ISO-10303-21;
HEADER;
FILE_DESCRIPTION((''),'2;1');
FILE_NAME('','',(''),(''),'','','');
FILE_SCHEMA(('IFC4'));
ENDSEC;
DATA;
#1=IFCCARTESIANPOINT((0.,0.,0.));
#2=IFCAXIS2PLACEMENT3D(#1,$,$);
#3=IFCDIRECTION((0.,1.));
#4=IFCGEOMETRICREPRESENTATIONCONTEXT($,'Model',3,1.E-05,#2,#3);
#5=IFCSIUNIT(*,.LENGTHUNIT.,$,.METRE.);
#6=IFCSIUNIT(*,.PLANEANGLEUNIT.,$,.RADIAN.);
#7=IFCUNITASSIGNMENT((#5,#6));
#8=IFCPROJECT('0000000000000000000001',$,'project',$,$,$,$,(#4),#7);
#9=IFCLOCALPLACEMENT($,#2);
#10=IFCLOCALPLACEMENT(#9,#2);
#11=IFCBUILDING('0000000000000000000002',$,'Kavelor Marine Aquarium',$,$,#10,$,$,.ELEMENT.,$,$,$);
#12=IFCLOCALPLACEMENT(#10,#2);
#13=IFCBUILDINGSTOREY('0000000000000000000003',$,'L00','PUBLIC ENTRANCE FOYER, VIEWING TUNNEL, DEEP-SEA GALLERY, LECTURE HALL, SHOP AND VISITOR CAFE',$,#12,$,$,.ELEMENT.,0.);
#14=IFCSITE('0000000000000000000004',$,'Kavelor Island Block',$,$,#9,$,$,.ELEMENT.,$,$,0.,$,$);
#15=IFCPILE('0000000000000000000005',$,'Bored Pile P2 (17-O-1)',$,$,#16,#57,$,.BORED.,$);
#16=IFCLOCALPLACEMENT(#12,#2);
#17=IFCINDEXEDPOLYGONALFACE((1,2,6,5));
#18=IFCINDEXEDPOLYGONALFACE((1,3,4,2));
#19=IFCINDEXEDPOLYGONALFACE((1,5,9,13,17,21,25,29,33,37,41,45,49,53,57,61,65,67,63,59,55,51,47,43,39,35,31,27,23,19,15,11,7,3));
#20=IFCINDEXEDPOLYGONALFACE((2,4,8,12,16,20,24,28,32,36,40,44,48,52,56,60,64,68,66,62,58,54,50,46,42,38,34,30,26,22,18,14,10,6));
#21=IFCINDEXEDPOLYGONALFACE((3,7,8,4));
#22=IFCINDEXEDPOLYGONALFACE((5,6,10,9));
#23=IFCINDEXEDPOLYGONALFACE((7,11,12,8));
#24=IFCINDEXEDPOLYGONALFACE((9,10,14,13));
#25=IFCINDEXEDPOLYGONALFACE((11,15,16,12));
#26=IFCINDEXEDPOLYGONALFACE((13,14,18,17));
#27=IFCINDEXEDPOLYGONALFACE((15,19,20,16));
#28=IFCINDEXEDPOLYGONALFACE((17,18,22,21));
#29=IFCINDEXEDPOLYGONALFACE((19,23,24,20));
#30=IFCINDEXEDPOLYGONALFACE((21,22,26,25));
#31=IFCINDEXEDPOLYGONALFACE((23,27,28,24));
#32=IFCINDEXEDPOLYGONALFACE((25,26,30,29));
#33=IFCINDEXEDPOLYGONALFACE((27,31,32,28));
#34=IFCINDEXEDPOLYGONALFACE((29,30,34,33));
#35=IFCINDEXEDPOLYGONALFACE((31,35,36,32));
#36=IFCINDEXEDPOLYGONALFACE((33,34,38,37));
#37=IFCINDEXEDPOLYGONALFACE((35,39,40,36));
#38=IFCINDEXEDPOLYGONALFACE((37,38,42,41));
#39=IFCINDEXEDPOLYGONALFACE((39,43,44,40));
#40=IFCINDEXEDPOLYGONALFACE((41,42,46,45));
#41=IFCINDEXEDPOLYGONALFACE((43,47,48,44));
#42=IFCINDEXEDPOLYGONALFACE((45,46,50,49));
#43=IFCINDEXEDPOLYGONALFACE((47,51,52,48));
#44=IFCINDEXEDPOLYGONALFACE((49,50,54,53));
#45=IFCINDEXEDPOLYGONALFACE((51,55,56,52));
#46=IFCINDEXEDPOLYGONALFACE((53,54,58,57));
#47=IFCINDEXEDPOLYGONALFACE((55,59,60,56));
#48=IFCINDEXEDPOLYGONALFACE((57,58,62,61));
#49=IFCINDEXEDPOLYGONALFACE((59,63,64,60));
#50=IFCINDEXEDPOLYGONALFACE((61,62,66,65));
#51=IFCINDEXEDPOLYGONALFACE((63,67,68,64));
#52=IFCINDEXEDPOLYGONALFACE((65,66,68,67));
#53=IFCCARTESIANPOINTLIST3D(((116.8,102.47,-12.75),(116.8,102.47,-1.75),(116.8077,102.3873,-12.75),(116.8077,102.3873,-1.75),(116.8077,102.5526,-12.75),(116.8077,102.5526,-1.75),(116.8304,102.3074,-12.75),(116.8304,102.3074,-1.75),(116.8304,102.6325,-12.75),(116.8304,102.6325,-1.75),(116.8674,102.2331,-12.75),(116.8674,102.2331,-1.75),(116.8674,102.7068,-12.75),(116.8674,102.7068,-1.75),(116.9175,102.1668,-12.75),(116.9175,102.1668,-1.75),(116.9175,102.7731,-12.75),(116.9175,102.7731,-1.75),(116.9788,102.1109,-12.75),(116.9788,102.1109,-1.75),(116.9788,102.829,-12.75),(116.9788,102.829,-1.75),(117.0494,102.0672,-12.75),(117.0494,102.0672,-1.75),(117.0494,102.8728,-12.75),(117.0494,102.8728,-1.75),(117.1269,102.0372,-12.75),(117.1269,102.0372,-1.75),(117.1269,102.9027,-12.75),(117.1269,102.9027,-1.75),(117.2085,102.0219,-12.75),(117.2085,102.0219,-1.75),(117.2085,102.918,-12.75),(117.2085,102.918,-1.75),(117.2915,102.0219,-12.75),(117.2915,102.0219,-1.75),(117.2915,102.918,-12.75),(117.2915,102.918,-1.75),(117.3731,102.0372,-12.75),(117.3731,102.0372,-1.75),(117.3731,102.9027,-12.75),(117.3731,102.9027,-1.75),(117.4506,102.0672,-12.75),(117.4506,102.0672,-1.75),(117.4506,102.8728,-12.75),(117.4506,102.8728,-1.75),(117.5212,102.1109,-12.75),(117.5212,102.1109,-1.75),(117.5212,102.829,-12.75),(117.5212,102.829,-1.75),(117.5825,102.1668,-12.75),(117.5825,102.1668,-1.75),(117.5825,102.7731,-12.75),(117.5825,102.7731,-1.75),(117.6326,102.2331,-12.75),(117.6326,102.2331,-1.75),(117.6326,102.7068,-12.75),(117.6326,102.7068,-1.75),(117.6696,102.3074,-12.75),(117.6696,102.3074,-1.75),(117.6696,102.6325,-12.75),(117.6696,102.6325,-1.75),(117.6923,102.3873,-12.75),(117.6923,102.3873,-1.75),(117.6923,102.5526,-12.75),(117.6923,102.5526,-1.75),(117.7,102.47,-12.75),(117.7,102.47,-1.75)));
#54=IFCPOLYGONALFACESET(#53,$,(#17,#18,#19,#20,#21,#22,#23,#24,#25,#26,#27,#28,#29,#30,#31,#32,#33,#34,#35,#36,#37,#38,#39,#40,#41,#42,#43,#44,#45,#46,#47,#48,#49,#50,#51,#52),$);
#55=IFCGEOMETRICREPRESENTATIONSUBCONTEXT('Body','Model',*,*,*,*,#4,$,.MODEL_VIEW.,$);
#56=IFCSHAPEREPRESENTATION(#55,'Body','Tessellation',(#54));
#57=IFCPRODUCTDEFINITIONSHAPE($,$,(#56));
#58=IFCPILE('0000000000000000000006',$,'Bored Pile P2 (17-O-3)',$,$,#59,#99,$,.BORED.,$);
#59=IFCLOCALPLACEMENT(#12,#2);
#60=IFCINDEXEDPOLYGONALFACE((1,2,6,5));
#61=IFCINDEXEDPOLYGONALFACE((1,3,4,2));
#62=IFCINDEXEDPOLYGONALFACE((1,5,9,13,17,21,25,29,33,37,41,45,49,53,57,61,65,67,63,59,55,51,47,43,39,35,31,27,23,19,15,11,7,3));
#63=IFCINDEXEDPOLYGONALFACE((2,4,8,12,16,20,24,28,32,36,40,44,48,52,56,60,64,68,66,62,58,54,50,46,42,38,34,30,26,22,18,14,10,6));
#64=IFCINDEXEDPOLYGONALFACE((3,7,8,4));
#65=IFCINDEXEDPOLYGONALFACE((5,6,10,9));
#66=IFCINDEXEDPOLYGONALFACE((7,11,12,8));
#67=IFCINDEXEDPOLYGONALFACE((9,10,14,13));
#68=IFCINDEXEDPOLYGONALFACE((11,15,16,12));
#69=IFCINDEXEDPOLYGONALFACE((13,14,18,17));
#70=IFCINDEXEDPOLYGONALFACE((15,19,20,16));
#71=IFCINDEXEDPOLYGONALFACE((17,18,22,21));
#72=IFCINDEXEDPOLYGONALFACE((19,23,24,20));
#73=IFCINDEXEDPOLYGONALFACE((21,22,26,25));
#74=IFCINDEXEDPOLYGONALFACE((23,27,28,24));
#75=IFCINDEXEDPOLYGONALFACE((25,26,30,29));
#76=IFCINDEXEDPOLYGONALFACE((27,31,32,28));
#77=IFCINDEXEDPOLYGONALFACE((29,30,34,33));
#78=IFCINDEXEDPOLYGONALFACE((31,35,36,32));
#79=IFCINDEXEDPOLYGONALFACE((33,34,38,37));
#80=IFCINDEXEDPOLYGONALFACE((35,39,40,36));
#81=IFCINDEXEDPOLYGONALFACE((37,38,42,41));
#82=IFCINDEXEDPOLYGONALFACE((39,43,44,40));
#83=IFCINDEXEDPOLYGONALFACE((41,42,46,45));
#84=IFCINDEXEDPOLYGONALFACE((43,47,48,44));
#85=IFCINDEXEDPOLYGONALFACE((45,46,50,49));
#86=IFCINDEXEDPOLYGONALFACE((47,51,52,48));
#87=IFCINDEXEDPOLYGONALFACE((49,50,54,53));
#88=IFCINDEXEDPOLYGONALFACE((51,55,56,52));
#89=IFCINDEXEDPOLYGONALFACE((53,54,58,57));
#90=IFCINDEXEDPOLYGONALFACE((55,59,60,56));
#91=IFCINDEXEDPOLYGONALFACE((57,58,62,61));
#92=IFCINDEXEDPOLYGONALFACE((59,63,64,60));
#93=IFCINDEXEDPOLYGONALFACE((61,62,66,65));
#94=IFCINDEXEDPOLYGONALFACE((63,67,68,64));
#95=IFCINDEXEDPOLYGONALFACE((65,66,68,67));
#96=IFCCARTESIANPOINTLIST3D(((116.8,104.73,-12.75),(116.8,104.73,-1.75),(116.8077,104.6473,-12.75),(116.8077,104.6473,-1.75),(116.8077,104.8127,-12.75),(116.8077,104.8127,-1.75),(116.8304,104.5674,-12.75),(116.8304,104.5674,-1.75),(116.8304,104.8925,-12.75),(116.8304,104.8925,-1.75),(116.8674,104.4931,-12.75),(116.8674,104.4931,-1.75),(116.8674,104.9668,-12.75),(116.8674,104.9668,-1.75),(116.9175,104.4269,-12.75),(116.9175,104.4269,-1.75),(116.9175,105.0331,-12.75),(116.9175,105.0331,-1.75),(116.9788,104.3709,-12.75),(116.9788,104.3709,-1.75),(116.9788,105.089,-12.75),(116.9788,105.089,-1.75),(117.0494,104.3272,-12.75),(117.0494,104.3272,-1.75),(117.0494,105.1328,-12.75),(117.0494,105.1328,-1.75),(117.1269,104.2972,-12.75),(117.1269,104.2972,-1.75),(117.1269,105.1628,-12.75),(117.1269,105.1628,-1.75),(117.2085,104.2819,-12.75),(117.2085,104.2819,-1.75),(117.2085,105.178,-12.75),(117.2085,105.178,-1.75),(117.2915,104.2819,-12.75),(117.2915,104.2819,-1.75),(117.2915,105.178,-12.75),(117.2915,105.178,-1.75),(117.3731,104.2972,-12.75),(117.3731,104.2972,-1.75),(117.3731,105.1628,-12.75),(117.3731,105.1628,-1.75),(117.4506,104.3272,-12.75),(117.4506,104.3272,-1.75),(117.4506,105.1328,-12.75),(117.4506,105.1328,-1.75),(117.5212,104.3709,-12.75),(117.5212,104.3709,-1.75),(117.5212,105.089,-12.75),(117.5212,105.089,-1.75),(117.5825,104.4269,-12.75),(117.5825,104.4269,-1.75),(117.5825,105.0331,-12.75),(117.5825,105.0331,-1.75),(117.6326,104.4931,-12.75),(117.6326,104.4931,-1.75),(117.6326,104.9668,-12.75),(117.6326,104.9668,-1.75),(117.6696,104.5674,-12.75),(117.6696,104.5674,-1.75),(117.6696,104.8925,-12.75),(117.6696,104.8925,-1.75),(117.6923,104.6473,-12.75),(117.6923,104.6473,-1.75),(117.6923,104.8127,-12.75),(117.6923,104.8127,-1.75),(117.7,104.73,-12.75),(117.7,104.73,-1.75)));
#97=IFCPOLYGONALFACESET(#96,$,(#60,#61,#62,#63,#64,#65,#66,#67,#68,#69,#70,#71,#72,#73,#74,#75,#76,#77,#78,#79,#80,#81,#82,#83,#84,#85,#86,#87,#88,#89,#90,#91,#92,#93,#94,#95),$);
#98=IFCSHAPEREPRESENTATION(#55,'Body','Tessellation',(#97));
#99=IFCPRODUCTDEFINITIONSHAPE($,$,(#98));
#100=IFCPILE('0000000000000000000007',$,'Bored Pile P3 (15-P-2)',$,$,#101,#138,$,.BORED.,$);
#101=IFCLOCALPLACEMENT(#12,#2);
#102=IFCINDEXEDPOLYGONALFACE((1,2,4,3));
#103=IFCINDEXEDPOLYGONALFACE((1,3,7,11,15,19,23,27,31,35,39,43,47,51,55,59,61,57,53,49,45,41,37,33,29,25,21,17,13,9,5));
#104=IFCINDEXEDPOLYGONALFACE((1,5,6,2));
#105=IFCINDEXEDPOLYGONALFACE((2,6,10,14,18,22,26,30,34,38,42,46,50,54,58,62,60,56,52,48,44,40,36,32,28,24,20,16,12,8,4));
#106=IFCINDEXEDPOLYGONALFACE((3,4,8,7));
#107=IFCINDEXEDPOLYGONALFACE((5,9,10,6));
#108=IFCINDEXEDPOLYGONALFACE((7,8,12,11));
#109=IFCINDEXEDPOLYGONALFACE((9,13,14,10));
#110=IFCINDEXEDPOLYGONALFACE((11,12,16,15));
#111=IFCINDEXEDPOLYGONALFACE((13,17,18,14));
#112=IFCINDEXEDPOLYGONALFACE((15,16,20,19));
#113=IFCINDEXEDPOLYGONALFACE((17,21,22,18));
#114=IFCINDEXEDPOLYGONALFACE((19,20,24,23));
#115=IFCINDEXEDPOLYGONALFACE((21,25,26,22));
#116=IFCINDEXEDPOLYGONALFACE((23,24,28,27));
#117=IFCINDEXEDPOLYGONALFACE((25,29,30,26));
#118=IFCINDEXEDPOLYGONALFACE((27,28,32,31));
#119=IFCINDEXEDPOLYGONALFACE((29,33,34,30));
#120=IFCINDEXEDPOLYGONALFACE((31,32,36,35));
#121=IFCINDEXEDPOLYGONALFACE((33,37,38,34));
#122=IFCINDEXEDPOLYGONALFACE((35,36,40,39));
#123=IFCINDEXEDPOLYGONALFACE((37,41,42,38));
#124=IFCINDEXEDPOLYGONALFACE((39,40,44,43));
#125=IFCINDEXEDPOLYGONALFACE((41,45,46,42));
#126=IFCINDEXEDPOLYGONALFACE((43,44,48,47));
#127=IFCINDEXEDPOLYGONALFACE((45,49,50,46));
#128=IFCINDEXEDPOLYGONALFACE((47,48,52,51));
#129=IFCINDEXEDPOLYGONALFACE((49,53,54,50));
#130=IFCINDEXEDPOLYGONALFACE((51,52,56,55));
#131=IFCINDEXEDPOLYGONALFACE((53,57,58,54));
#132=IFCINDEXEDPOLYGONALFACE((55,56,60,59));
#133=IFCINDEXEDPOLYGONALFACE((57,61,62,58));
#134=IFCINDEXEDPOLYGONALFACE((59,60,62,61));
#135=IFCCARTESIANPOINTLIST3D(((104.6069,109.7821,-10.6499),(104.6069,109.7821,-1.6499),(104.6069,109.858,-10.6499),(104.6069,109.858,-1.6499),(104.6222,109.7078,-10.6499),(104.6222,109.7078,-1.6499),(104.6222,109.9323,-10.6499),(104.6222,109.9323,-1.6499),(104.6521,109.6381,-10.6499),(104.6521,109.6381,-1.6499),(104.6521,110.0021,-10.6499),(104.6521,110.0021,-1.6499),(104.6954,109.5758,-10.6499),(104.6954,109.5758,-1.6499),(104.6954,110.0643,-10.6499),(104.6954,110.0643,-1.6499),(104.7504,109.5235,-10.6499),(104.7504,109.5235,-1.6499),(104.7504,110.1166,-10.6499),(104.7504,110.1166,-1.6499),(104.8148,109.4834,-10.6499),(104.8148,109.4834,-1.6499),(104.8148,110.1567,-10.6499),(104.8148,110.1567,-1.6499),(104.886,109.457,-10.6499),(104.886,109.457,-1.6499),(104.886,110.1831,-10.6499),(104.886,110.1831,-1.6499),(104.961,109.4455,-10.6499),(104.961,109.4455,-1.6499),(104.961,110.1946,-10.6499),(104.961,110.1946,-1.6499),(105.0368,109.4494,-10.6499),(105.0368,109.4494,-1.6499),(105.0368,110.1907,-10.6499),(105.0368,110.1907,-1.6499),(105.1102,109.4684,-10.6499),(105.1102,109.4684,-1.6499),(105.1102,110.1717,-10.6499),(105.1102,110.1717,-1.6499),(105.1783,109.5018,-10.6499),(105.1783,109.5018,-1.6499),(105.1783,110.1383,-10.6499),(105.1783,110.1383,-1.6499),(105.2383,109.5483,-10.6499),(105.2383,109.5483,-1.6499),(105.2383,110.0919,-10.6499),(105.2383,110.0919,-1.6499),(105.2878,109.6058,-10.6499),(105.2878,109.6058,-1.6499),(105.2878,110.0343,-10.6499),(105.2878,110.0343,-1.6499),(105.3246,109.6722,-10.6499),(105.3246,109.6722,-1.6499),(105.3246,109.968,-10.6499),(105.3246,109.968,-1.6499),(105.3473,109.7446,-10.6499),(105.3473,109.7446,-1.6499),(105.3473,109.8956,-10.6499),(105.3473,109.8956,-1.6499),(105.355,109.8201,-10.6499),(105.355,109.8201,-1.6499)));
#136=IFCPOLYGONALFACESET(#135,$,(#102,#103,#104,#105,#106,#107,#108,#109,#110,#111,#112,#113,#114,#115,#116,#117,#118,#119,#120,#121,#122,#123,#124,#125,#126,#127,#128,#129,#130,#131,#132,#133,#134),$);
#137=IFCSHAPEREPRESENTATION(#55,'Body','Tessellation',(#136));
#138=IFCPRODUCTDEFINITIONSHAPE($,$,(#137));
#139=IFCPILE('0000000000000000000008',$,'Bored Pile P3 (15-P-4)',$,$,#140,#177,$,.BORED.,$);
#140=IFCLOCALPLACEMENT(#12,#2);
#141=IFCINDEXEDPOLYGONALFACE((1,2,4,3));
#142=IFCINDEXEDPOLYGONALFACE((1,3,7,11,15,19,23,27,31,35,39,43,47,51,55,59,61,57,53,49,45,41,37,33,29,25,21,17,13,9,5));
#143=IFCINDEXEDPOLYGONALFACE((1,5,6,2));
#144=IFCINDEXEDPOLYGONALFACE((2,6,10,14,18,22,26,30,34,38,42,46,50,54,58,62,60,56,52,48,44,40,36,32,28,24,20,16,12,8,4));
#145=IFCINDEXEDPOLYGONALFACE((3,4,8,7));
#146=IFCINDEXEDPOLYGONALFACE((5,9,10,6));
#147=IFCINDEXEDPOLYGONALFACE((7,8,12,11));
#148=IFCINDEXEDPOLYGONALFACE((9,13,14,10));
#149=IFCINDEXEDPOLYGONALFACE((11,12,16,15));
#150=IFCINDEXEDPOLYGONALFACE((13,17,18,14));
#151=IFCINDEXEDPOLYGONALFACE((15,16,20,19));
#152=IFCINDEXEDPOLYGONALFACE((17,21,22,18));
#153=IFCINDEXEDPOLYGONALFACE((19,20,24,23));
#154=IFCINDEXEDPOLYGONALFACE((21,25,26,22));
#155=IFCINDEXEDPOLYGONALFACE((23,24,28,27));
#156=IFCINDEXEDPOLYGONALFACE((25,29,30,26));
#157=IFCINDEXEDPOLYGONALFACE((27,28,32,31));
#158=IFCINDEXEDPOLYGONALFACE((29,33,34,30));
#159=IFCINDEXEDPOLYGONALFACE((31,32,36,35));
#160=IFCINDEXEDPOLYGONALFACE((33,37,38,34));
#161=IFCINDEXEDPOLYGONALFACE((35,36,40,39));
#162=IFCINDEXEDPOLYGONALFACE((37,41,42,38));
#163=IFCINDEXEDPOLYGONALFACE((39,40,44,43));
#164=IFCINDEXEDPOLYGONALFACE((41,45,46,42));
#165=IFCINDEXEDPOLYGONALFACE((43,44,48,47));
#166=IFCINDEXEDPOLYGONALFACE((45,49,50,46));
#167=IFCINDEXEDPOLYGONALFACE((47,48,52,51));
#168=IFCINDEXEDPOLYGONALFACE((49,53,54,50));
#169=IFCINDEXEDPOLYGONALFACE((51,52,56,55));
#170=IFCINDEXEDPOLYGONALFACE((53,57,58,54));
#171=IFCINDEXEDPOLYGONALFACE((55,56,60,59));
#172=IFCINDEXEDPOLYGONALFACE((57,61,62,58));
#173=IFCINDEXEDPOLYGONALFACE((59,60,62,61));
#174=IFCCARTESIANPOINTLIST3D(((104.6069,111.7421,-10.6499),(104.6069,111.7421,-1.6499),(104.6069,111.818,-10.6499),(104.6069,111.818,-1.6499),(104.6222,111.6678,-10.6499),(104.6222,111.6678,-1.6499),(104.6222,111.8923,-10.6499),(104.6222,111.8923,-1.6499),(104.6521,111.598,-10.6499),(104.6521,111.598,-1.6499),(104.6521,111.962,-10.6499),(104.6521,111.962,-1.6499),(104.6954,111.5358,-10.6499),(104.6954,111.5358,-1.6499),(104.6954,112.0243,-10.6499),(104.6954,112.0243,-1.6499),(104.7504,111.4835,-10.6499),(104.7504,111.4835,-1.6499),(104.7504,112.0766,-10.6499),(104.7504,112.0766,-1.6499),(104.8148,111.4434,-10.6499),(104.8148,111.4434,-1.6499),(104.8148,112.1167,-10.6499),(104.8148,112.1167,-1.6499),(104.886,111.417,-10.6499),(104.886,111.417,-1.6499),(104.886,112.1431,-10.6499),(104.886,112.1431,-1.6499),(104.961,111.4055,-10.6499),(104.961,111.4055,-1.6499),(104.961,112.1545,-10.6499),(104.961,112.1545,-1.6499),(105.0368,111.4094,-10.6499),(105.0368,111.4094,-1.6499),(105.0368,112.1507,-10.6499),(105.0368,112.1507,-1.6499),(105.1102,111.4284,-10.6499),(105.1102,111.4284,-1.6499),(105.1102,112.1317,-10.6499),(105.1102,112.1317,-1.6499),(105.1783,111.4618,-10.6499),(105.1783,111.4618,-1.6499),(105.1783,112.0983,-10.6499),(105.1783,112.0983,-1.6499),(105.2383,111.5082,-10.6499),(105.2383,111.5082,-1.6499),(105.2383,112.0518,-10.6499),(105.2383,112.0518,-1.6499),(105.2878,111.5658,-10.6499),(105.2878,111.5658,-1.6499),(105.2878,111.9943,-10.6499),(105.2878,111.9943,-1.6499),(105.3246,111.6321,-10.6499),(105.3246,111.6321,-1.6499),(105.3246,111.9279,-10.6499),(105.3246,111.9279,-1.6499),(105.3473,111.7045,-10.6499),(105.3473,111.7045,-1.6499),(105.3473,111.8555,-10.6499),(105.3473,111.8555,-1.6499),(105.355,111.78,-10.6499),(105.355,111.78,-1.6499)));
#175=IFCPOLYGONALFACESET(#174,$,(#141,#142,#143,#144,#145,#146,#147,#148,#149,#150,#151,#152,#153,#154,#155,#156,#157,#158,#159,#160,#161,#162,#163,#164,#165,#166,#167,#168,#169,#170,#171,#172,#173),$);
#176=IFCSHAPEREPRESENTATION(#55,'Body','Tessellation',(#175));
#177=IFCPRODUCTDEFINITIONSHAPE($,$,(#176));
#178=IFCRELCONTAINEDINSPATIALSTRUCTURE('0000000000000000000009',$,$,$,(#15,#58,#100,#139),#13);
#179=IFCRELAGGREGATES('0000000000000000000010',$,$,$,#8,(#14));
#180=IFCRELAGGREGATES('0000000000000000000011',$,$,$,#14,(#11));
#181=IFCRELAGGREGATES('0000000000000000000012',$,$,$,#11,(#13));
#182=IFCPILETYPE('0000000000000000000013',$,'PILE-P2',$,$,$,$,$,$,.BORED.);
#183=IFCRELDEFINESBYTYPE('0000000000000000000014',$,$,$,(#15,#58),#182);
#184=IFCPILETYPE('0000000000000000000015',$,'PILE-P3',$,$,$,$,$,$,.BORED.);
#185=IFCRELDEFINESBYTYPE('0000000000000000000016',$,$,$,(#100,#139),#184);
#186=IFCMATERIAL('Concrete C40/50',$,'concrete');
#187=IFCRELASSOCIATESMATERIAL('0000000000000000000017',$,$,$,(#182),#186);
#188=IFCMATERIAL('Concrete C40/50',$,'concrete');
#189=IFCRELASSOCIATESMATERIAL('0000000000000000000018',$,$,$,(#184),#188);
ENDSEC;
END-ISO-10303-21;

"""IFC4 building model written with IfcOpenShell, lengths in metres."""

from ifc_helpers import new_model, si_unit, direction, frame, origin, origin_2d, place, context, subcontext, project, spatial, circle, extrude, material, material_profile, profile_set, type_object, element, save


model = new_model("IFC4")

# Units and contexts
model_context = context("Model", 3, precision=1e-05, world=origin(), true_north=direction((0.0, 1.0)))
body_context = subcontext(model_context, "Body", "Model", "MODEL_VIEW")
ifc_project = project(units=[si_unit("LENGTHUNIT", "METRE"), si_unit("PLANEANGLEUNIT", "RADIAN")], contexts=[model_context])

# Site, building, storey
site_placement = place(None, origin())
site = spatial("IfcSite", under=ifc_project, at=site_placement, Name="Kavelor Island Block", CompositionType="ELEMENT", RefElevation=0.0)
building_placement = place(site_placement, origin())
building = spatial("IfcBuilding", under=site, at=building_placement, Name="Kavelor Marine Aquarium", CompositionType="ELEMENT")
storey_placement = place(building_placement, origin())
storey = spatial("IfcBuildingStorey", under=building, at=storey_placement, Name="L00", Description="PUBLIC ENTRANCE FOYER, VIEWING TUNNEL, DEEP-SEA GALLERY, LECTURE HALL, SHOP AND VISITOR CAFE", CompositionType="ELEMENT", Elevation=0.0)

# Piles
ifc_material_1 = material(Name="Concrete C40/50", Category="concrete")
ifc_material_profile_1 = material_profile(ifc_material_1, circle(Radius=0.45, at=origin_2d()), Name="PILE D900")
ifc_profile_set_1 = profile_set([ifc_material_profile_1], Name="Concrete C40/50")
pile_type_1 = type_object("IfcPileType", Name="PILE-P2", PredefinedType="BORED", material=ifc_profile_set_1)
for number, where, z_axis, x_axis, name in (
    (1, (117.25, 102.47, -1.75), (0.0, 0.0, -1.0), (1.0, 0.0, 0.0), "Bored Pile P2 (17-O-1)"),
    (2, (117.25, 104.73, -1.75), (0.0, 0.0, -1.0), (1.0, 0.0, 0.0), "Bored Pile P2 (17-O-3)"),
):
    element("IfcPile", number, at=place(storey_placement, frame(where, z_axis=z_axis, x_axis=x_axis)), inside=storey, type_object=pile_type_1, Name=name, PredefinedType="BORED", context=body_context, shape_type="SweptSolid", body=[
        extrude(circle(Radius=0.45, at=origin_2d()), origin(), (0.0, 0.0, 1.0), 11.0),
    ])
ifc_material_2 = material(Name="Concrete C40/50", Category="concrete")
ifc_material_profile_2 = material_profile(ifc_material_2, circle(Radius=0.375, at=origin_2d()), Name="PILE D750")
ifc_profile_set_2 = profile_set([ifc_material_profile_2], Name="Concrete C40/50")
pile_type_2 = type_object("IfcPileType", Name="PILE-P3", PredefinedType="BORED", material=ifc_profile_set_2)
for number, where, z_axis, x_axis, name in (
    (3, (104.98, 109.8201, -1.6499), (0.0, 0.0, -1.0), (1.0, 0.0, 0.0), "Bored Pile P3 (15-P-2)"),
    (4, (104.98, 111.78, -1.6499), (0.0, 0.0, -1.0), (1.0, 0.0, 0.0), "Bored Pile P3 (15-P-4)"),
):
    element("IfcPile", number, at=place(storey_placement, frame(where, z_axis=z_axis, x_axis=x_axis)), inside=storey, type_object=pile_type_2, Name=name, PredefinedType="BORED", context=body_context, shape_type="SweptSolid", body=[
        extrude(circle(Radius=0.375, at=origin_2d()), origin(), (0.0, 0.0, 1.0), 9.0),
    ])

save(model, "model.ifc")
